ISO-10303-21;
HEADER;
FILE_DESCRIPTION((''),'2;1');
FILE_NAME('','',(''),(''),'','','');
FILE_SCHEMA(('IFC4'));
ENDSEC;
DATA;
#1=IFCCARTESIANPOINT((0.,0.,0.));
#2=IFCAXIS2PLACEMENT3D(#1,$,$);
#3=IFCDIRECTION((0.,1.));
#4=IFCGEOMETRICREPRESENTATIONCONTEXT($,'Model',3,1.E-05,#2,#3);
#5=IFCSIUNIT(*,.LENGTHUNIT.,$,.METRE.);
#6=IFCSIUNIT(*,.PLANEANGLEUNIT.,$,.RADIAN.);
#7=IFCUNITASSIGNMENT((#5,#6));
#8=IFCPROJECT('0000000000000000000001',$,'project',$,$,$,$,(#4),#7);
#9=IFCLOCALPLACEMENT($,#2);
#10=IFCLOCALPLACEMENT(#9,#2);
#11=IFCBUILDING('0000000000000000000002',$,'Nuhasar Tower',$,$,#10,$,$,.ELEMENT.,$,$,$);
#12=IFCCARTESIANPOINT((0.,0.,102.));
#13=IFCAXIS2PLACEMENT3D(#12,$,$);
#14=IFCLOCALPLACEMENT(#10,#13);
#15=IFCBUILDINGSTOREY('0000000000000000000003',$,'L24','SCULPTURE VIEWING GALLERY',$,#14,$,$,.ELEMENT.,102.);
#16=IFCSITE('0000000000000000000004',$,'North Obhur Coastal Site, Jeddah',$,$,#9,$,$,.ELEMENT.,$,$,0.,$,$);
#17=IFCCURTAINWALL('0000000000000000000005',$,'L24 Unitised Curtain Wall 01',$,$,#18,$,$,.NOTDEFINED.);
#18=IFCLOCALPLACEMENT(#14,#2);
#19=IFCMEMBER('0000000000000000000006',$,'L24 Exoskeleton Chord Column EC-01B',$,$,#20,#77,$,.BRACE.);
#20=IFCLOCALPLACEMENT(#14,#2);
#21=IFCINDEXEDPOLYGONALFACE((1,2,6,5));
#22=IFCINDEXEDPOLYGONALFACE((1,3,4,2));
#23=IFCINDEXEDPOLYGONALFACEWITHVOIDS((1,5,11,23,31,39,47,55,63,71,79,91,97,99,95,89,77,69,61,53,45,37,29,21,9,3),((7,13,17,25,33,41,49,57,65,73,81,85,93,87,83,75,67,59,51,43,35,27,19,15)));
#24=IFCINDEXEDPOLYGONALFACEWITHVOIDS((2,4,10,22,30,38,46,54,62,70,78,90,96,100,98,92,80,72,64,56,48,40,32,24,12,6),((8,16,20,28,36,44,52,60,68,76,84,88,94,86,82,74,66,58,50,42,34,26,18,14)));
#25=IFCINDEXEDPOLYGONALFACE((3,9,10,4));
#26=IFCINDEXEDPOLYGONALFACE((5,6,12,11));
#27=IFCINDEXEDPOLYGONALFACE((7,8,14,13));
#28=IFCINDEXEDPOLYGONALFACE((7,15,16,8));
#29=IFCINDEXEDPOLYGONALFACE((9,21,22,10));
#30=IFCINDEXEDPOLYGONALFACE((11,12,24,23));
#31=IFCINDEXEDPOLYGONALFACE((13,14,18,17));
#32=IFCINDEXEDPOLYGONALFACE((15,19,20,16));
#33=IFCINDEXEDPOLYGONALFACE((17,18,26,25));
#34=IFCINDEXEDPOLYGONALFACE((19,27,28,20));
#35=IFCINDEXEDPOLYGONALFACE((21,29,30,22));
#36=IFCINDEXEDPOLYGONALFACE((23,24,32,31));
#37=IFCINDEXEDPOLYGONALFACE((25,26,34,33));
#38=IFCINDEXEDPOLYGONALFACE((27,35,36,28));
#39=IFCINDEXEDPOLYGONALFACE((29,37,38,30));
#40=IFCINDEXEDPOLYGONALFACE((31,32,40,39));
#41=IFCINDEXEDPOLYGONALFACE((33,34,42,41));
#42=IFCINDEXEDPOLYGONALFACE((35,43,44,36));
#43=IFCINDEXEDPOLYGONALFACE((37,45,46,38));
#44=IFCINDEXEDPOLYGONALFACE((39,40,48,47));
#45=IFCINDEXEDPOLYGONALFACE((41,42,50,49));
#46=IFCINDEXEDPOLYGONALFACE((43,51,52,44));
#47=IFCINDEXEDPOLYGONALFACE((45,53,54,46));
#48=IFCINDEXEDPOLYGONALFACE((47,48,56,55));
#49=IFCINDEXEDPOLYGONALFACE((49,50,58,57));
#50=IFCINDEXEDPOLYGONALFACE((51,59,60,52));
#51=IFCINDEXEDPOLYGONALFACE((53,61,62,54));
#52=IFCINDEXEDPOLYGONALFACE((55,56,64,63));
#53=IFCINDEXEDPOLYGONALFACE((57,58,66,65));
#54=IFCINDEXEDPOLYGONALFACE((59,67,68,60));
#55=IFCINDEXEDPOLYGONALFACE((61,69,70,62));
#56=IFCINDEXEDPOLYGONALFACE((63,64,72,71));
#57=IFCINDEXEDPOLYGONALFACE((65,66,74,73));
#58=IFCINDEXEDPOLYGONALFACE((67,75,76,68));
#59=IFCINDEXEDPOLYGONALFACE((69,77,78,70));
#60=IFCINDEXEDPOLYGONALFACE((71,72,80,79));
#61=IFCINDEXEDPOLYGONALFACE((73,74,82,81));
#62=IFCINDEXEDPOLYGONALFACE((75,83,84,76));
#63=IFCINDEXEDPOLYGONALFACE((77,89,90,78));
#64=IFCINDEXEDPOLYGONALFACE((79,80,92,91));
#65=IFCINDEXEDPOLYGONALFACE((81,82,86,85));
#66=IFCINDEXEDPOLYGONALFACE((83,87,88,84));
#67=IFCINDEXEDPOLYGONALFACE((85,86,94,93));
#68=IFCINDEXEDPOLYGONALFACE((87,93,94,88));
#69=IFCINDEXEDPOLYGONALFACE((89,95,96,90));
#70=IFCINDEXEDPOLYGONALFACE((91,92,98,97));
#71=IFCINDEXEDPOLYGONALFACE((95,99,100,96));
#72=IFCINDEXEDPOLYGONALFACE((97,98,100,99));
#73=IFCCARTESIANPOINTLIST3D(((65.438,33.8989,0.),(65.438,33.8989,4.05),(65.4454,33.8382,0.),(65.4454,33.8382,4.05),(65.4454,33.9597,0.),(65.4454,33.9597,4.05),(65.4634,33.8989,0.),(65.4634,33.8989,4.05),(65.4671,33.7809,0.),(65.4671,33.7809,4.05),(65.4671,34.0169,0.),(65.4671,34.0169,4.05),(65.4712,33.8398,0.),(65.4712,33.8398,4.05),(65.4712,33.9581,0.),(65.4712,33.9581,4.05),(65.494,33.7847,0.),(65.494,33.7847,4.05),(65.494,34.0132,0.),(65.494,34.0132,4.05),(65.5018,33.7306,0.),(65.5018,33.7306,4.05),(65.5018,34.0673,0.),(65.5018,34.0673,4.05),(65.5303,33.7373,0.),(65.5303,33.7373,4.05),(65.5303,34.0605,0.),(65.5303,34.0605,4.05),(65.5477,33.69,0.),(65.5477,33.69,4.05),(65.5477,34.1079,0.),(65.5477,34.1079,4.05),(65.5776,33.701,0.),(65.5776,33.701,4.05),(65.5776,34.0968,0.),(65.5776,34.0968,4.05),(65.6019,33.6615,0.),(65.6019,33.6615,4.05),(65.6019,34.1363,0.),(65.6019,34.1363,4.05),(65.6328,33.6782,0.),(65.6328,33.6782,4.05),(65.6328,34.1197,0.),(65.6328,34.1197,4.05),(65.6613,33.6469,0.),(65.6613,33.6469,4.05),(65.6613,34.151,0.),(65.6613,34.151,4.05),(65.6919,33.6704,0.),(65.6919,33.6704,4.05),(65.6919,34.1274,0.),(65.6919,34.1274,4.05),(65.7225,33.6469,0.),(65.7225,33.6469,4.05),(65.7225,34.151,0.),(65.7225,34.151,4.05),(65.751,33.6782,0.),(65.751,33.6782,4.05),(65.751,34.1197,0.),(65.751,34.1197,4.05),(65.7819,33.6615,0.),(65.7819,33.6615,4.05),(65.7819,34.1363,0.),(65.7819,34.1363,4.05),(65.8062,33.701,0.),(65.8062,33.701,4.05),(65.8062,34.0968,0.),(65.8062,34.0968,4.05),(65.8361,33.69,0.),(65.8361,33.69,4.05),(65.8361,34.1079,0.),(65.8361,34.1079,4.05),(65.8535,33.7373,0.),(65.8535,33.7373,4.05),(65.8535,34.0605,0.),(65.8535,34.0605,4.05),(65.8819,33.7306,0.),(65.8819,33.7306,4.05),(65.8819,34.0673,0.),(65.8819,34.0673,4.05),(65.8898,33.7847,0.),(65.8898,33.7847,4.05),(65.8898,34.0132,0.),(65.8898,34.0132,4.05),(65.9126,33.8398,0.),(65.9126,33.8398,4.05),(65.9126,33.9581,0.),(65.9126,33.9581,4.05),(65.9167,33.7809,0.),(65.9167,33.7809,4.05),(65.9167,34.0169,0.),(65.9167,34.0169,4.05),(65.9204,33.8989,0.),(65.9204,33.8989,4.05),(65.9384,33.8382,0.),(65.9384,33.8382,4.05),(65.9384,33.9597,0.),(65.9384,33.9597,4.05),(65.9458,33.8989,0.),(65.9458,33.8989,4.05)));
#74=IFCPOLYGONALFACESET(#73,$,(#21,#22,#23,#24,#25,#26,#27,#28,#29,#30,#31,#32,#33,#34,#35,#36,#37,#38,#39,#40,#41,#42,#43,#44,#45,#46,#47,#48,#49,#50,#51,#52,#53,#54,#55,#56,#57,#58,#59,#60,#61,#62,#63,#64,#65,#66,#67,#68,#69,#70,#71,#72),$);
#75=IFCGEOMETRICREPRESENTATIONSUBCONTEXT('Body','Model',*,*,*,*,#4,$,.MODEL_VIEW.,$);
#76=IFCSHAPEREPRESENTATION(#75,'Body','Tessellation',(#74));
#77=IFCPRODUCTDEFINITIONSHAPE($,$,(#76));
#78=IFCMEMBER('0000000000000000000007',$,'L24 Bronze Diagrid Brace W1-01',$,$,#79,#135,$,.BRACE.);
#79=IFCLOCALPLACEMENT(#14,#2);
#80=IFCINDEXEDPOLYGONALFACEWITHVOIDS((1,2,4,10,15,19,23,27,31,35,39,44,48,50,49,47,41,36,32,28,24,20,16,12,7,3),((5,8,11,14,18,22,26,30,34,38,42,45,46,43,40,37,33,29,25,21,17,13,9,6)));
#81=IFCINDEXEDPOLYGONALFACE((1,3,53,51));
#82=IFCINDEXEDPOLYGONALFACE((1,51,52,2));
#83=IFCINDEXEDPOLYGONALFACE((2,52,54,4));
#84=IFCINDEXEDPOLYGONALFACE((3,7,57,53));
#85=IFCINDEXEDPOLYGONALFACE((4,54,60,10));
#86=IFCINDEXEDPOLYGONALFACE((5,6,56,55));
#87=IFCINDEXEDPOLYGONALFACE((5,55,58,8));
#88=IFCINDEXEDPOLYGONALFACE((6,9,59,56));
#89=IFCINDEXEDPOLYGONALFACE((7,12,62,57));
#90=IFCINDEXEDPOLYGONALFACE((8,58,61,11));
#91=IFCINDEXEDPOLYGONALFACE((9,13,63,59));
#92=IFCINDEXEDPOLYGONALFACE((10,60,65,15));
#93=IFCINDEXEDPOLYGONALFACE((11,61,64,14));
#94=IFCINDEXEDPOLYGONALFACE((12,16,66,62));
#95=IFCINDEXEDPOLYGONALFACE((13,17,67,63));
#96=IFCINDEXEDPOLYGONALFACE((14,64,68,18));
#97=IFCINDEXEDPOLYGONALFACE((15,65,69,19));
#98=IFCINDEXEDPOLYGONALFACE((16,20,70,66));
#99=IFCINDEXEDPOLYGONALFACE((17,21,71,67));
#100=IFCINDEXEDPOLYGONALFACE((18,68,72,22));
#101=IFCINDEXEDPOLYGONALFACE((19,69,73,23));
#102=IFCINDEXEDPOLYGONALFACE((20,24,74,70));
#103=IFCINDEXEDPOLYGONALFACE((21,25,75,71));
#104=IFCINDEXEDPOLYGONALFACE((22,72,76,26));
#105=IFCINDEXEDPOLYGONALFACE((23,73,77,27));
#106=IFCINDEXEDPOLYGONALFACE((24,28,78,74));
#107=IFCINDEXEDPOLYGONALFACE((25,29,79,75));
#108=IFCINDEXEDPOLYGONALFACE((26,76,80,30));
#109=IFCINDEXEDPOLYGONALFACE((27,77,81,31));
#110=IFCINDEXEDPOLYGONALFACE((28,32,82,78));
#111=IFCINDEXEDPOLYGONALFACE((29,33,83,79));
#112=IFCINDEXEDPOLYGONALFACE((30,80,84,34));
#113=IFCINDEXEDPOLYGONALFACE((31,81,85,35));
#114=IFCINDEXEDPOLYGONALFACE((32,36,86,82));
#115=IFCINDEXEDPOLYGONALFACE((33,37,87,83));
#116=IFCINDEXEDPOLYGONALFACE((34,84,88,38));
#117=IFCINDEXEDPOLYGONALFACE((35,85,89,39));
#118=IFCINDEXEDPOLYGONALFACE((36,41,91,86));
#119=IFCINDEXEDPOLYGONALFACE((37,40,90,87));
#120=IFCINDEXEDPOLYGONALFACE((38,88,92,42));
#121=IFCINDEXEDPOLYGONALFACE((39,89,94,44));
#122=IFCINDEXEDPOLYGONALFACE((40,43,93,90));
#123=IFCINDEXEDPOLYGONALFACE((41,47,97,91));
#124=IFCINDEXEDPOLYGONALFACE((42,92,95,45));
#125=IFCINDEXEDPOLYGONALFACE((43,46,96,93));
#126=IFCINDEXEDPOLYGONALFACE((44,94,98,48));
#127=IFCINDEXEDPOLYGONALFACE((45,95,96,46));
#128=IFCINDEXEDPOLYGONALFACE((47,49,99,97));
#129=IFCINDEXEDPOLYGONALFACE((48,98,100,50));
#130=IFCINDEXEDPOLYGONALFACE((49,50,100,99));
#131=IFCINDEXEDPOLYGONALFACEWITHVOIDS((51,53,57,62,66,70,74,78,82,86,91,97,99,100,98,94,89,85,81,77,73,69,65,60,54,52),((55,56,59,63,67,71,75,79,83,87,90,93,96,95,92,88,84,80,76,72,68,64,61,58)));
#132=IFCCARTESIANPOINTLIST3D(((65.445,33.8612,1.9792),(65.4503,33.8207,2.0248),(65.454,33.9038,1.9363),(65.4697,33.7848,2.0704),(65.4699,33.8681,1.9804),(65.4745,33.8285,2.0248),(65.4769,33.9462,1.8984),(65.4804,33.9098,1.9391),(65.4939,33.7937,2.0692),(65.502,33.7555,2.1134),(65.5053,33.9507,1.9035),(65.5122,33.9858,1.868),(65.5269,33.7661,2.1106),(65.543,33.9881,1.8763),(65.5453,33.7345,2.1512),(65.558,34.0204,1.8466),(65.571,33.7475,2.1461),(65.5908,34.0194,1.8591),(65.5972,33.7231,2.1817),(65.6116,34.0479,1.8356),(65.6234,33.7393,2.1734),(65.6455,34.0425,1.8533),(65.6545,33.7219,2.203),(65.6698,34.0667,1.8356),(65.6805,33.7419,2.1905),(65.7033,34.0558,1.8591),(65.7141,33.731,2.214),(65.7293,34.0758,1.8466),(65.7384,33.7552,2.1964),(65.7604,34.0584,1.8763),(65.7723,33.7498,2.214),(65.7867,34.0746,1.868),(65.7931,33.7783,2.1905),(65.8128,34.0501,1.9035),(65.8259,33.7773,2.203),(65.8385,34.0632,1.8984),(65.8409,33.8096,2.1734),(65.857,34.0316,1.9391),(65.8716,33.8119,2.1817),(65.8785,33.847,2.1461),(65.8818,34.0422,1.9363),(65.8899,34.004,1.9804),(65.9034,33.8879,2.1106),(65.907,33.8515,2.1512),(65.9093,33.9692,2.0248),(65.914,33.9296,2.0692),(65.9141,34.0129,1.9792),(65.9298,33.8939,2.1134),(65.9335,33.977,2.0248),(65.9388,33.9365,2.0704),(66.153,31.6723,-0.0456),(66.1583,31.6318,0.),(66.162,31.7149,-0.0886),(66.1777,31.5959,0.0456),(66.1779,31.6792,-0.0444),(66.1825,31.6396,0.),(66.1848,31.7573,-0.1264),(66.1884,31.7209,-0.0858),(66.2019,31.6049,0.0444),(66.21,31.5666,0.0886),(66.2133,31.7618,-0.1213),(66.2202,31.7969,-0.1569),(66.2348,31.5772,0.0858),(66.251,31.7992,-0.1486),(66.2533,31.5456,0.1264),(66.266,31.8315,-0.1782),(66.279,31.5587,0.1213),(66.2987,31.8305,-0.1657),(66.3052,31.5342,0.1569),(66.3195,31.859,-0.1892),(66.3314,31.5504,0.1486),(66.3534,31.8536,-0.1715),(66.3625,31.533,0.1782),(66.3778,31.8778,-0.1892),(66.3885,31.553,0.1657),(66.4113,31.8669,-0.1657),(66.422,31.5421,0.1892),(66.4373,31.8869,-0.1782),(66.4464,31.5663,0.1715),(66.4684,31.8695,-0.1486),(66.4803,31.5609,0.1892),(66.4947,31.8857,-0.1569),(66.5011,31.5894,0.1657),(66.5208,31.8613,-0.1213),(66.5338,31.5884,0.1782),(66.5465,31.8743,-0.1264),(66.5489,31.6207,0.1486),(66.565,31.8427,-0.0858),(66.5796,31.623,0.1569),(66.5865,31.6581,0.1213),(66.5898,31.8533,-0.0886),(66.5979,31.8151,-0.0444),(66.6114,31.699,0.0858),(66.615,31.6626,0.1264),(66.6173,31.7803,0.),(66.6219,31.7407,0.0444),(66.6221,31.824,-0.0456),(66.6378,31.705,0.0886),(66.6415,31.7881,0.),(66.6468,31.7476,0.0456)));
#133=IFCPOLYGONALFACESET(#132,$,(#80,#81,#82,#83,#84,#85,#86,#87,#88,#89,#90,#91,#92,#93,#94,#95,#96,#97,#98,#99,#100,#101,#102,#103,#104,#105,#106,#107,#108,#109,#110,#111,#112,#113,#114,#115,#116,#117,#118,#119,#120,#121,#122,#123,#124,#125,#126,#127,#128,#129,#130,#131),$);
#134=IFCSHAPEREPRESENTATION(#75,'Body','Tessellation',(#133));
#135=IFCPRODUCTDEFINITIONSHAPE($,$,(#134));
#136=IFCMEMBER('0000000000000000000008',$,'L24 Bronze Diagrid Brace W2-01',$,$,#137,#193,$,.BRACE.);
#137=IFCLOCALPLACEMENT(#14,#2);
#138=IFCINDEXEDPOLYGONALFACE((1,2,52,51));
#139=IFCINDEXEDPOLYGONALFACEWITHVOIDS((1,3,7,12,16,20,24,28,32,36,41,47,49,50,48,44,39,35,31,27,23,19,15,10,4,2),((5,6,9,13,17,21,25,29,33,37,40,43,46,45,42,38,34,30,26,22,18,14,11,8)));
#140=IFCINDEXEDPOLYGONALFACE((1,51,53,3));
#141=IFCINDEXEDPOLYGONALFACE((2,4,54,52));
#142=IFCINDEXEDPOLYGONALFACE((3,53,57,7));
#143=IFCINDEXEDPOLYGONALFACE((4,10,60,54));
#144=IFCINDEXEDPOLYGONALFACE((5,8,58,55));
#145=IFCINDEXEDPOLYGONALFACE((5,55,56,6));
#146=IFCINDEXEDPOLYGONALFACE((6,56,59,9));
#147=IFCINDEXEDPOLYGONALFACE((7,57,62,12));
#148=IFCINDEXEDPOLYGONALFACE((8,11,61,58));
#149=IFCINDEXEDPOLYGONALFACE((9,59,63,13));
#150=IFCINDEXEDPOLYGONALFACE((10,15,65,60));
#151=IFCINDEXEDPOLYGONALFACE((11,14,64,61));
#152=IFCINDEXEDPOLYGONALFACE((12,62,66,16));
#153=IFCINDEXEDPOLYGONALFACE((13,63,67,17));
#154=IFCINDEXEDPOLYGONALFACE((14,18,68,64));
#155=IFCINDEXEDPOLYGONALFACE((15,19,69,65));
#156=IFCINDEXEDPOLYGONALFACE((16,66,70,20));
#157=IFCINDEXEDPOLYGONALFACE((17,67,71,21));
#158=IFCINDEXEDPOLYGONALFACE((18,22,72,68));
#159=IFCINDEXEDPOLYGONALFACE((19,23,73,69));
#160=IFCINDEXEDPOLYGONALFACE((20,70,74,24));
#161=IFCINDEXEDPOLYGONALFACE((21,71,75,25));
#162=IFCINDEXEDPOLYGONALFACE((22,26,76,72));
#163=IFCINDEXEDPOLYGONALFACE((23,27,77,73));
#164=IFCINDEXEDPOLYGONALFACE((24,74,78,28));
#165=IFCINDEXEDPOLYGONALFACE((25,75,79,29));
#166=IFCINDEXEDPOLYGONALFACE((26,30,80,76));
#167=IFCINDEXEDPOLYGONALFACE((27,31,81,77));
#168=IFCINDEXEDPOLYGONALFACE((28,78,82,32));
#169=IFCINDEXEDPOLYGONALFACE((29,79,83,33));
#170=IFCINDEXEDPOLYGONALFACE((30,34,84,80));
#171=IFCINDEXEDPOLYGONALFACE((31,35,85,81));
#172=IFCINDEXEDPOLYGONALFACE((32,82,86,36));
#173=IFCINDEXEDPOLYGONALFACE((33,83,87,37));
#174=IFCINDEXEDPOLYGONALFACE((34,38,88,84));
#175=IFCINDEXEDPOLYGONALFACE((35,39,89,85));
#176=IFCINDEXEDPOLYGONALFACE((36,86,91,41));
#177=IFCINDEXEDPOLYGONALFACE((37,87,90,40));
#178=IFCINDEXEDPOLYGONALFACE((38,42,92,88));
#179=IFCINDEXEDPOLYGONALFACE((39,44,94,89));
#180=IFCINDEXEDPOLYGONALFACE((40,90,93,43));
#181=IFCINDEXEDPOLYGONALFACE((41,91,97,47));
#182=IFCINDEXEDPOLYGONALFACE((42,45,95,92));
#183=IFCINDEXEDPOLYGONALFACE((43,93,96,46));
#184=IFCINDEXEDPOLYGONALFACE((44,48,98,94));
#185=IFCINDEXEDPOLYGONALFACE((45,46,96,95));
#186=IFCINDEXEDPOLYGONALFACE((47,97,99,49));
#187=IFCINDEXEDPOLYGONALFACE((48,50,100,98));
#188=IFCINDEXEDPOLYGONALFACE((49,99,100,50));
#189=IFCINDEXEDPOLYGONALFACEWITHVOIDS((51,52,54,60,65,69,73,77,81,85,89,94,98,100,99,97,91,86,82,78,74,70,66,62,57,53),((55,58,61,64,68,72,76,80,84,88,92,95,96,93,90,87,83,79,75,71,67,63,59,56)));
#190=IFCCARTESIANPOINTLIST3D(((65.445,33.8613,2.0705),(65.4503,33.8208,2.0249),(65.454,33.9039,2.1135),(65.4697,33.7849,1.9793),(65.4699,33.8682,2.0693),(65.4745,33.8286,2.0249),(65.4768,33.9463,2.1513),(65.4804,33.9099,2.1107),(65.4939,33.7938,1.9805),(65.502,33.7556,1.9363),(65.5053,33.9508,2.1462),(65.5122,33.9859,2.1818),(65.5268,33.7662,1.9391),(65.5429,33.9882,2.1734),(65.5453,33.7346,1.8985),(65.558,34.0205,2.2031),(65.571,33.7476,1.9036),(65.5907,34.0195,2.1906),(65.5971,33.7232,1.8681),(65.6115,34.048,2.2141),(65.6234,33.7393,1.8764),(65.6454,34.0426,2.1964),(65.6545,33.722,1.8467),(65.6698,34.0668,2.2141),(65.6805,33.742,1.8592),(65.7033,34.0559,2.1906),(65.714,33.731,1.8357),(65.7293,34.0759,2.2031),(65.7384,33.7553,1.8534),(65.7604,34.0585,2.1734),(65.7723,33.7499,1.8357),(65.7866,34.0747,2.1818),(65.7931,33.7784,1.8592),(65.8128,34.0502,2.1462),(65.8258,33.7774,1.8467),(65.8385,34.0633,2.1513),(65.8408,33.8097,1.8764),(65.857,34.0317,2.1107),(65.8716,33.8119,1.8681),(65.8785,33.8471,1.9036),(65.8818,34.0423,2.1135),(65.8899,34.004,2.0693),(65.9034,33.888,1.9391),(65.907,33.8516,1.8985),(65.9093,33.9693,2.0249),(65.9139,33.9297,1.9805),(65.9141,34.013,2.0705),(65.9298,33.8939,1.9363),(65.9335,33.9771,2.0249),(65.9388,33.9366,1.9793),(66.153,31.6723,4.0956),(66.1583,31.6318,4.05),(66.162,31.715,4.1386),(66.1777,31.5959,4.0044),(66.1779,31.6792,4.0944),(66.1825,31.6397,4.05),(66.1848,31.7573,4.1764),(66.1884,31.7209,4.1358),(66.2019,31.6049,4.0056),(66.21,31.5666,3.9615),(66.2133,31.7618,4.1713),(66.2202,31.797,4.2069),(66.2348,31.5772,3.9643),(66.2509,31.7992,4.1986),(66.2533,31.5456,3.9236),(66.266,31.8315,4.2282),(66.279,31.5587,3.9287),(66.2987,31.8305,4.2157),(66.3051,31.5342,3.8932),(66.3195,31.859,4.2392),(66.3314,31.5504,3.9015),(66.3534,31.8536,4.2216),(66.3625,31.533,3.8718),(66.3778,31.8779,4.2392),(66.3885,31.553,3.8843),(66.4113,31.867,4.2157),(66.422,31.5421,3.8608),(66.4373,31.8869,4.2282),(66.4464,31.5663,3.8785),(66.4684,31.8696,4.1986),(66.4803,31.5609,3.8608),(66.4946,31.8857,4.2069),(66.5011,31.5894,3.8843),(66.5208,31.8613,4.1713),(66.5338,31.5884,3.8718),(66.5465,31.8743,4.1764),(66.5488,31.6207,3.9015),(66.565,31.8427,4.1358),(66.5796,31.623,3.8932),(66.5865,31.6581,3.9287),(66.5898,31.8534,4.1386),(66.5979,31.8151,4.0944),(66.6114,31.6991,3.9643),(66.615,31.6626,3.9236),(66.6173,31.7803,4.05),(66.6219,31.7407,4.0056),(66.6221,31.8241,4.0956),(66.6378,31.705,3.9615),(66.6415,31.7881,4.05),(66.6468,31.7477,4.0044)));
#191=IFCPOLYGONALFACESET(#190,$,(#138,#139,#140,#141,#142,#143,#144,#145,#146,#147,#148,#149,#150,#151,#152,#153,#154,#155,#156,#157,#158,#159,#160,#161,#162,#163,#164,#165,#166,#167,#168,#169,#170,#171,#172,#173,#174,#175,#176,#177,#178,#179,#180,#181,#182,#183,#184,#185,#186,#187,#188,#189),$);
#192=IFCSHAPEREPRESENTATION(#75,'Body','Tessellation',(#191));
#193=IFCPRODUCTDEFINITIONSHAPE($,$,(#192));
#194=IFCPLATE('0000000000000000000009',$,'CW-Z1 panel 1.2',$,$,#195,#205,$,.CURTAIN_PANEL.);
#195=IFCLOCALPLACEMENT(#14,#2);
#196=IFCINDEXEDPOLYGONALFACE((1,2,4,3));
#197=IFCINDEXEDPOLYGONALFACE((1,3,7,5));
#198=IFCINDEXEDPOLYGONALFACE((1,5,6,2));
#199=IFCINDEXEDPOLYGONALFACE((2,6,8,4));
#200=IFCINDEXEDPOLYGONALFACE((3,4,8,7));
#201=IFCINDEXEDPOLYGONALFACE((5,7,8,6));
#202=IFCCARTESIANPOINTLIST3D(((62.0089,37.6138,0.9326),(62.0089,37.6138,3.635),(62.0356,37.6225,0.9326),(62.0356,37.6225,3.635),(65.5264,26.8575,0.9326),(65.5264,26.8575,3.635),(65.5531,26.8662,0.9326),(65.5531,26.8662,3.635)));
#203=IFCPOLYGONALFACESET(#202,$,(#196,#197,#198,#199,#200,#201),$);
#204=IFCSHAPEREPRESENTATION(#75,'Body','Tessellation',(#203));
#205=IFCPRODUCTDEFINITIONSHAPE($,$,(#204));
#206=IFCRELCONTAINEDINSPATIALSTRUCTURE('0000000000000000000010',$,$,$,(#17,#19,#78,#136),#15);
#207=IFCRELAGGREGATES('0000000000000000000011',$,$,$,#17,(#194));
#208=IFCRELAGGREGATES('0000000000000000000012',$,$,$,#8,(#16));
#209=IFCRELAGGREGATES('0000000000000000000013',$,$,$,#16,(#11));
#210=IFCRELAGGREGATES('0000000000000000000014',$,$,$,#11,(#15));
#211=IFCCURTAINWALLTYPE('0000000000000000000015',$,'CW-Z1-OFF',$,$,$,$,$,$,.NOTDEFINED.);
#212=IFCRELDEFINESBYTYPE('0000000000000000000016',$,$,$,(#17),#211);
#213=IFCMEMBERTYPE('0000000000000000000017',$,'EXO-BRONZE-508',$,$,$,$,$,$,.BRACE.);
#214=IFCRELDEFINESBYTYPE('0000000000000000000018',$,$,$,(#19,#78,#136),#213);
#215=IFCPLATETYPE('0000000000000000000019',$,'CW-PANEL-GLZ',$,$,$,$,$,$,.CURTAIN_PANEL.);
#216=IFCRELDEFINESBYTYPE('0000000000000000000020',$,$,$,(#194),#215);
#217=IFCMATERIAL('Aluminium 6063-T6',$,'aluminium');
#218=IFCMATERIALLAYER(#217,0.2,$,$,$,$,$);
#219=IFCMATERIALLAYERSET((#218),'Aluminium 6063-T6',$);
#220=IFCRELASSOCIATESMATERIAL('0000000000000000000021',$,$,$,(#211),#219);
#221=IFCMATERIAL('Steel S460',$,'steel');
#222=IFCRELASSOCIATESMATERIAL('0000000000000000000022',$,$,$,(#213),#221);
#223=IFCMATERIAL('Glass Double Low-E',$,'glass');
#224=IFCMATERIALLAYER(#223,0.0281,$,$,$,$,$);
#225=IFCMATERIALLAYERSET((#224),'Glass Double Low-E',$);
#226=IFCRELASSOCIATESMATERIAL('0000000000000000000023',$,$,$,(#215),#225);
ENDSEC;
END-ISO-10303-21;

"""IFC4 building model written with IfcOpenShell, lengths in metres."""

from ifc_helpers import new_model, si_unit, direction, frame, origin, origin_2d, place, context, subcontext, project, spatial, rectangle, hollow_circle, extrude, material, layer, layer_set, material_profile, profile_set, type_object, element, aggregate, save


model = new_model("IFC4")

# Units and contexts
model_context = context("Model", 3, precision=1e-05, world=origin(), true_north=direction((0.0, 1.0)))
body_context = subcontext(model_context, "Body", "Model", "MODEL_VIEW")
ifc_project = project(units=[si_unit("LENGTHUNIT", "METRE"), si_unit("PLANEANGLEUNIT", "RADIAN")], contexts=[model_context])

# Site, building, storey
site_placement = place(None, origin())
site = spatial("IfcSite", under=ifc_project, at=site_placement, Name="North Obhur Coastal Site, Jeddah", CompositionType="ELEMENT", RefElevation=0.0)
building_placement = place(site_placement, origin())
building = spatial("IfcBuilding", under=site, at=building_placement, Name="Nuhasar Tower", CompositionType="ELEMENT")
storey_placement = place(building_placement, frame((0.0, 0.0, 102.0)))
storey = spatial("IfcBuildingStorey", under=building, at=storey_placement, Name="L24", Description="SCULPTURE VIEWING GALLERY", CompositionType="ELEMENT", Elevation=102.0)

# Curtain wall
ifc_material_1 = material(Name="Aluminium 6063-T6", Category="aluminium")
ifc_layer_1 = layer(ifc_material_1, 0.2)
ifc_layer_set_1 = layer_set([ifc_layer_1], Name="Aluminium 6063-T6")
curtain_wall_type = type_object("IfcCurtainWallType", Name="CW-Z1-OFF", PredefinedType="NOTDEFINED", material=ifc_layer_set_1)
curtain_wall_placement = place(storey_placement, origin())
curtain_wall = element("IfcCurtainWall", 1, at=curtain_wall_placement, inside=storey, type_object=curtain_wall_type, Name="L24 Unitised Curtain Wall 01", PredefinedType="NOTDEFINED")

# Members
ifc_material_2 = material(Name="Steel S460", Category="steel")
ifc_material_profile_1 = material_profile(ifc_material_2, hollow_circle(Radius=0.2539, WallThickness=0.0254, at=origin_2d()), Name="HSS508X25.4")
ifc_profile_set_1 = profile_set([ifc_material_profile_1], Name="Steel S460")
member_type_1 = type_object("IfcMemberType", Name="EXO-BRONZE-508", PredefinedType="BRACE", material=ifc_profile_set_1)
for number, where, z_axis, x_axis, name in (
    (2, (65.6919, 33.8989, 0.0), (0.0, 0.0, 1.0), (1.0, 0.0, 0.0), "L24 Exoskeleton Chord Column EC-01B"),
):
    element("IfcMember", number, at=place(storey_placement, frame(where, z_axis=z_axis, x_axis=x_axis)), inside=storey, type_object=member_type_1, Name=name, PredefinedType="BRACE", context=body_context, shape_type="SweptSolid", body=[
        extrude(hollow_circle(Radius=0.2539, WallThickness=0.0254, at=origin_2d()), origin(), (0.0, 0.0, 1.0), 4.05),
    ])
member_1_placement = place(storey_placement, frame((66.3999, 31.71, 0.0), z_axis=(-0.231012, 0.714225, 0.660694), x_axis=(-0.951468, -0.307747, 0.0)))
element("IfcMember", 3, at=member_1_placement, inside=storey, type_object=member_type_1, Name="L24 Bronze Diagrid Brace W1-01", PredefinedType="BRACE", context=body_context, shape_type="SweptSolid", body=[
    extrude(hollow_circle(Radius=0.2539, WallThickness=0.0254, at=origin_2d()), origin(), (0.0, 0.0, 1.0), 3.0647),
])
member_2_placement = place(storey_placement, frame((65.6919, 33.8989, 2.0249), z_axis=(0.231, -0.714187, 0.660739), x_axis=(0.951468, 0.307747, 0.0)))
element("IfcMember", 4, at=member_2_placement, inside=storey, type_object=member_type_1, Name="L24 Bronze Diagrid Brace W2-01", PredefinedType="BRACE", context=body_context, shape_type="SweptSolid", body=[
    extrude(hollow_circle(Radius=0.2539, WallThickness=0.0254, at=origin_2d()), origin(), (0.0, 0.0, 1.0), 3.0649),
])

# Plate
ifc_material_3 = material(Name="Glass Double Low-E", Category="glass")
ifc_layer_2 = layer(ifc_material_3, 0.0281)
ifc_layer_set_2 = layer_set([ifc_layer_2], Name="Glass Double Low-E")
plate_type_1 = type_object("IfcPlateType", Name="CW-PANEL-GLZ", PredefinedType="CURTAIN_PANEL", material=ifc_layer_set_2)
plate_1_placement = place(storey_placement, frame((63.781, 32.24, 0.9326), z_axis=(0.0, 0.0, 1.0), x_axis=(-0.310824, 0.950468, 0.0)))
plate_1 = element("IfcPlate", 5, at=plate_1_placement, type_object=plate_type_1, Name="CW-Z1 panel 1.2", PredefinedType="CURTAIN_PANEL", context=body_context, shape_type="SweptSolid", body=[
    extrude(rectangle(XDim=11.3169, YDim=0.0281, at=origin_2d()), origin(), (0.0, 0.0, 1.0), 2.7024),
])
aggregate(curtain_wall, [plate_1])

save(model, "model.ifc")
